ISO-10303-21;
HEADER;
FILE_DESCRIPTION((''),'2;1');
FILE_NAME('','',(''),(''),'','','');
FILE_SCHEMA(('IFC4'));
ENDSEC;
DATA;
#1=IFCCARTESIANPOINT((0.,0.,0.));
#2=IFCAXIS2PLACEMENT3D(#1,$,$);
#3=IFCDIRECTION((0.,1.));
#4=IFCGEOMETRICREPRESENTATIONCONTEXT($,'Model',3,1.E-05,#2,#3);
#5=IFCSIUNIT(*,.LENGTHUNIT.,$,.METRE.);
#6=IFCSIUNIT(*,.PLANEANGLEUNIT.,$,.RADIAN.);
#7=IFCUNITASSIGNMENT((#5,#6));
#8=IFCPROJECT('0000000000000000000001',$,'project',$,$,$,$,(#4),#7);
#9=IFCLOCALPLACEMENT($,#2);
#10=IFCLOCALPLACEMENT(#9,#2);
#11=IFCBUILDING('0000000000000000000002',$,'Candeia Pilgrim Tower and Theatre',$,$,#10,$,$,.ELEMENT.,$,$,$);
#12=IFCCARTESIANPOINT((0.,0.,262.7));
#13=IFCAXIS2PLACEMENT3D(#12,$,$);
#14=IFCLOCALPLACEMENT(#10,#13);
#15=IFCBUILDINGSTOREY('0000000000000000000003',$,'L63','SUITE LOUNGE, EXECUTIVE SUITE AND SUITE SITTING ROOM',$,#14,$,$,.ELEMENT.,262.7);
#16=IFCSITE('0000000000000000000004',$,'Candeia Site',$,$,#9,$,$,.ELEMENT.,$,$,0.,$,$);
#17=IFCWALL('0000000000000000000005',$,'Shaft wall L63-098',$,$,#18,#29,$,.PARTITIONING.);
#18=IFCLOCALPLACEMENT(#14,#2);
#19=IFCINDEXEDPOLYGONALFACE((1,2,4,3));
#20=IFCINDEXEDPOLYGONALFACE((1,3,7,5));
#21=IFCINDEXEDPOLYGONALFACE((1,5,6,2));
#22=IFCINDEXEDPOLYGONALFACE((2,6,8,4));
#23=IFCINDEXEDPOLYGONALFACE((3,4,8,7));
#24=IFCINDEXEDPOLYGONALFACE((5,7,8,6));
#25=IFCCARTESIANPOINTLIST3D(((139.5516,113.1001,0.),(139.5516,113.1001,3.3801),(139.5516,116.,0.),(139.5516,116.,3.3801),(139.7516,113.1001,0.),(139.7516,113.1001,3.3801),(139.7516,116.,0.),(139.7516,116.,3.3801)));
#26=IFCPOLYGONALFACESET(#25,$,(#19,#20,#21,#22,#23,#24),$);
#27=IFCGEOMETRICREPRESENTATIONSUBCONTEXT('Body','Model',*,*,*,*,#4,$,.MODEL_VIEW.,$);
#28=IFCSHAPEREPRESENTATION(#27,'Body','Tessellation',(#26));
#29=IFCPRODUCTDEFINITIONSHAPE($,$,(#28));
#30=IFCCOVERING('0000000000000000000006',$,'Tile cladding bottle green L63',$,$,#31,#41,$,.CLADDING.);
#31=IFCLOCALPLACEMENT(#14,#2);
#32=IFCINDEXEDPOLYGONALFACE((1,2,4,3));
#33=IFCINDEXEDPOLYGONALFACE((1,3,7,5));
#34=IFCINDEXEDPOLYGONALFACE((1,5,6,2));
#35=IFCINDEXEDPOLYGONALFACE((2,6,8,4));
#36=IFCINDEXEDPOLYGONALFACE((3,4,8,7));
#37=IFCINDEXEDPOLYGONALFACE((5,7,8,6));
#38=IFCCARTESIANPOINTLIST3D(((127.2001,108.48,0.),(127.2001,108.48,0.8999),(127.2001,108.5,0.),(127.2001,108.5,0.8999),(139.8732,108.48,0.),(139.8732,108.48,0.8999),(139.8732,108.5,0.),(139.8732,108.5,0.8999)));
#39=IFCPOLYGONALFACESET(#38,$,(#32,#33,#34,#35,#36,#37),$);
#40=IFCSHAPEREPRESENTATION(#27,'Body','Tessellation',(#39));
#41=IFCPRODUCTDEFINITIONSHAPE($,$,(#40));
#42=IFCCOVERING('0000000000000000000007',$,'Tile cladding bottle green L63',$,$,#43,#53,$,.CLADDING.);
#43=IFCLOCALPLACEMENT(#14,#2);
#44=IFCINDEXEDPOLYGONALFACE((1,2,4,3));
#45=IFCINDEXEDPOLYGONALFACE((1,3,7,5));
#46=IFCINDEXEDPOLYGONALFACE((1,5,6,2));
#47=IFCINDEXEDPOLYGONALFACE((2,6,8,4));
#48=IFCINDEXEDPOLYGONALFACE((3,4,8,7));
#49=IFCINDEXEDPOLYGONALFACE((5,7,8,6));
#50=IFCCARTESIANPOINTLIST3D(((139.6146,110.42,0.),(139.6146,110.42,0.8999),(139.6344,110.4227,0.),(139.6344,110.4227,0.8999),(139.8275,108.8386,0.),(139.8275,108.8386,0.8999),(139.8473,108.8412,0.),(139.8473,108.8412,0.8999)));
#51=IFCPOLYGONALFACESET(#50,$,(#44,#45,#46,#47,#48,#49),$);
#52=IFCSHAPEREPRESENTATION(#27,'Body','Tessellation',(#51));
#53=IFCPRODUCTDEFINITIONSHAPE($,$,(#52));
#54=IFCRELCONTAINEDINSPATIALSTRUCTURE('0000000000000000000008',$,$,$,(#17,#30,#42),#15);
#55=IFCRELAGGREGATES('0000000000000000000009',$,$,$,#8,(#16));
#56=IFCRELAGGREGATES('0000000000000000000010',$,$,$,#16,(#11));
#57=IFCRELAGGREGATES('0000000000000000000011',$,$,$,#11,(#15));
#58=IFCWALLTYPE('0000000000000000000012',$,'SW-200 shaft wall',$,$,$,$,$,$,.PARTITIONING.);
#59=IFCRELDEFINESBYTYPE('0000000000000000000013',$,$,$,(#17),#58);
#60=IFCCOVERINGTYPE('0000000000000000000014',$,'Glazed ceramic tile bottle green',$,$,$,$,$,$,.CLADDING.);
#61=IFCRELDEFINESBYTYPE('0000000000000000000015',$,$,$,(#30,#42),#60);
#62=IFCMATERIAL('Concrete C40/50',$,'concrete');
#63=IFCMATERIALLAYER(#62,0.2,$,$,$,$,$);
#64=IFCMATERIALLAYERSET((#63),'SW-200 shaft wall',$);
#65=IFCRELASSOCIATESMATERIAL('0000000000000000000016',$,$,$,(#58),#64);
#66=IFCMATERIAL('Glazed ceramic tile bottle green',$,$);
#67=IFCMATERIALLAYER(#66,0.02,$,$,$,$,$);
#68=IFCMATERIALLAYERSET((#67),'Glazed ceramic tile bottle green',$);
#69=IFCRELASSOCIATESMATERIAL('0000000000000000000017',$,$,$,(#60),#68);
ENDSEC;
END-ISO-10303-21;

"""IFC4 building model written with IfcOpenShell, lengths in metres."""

from ifc_helpers import new_model, si_unit, direction, frame, frame_2d, origin, origin_2d, place, context, subcontext, project, spatial, rectangle, extrude, material, layer, layer_set, type_object, element, save


model = new_model("IFC4")

# Units and contexts
model_context = context("Model", 3, precision=1e-05, world=origin(), true_north=direction((0.0, 1.0)))
body_context = subcontext(model_context, "Body", "Model", "MODEL_VIEW")
ifc_project = project(units=[si_unit("LENGTHUNIT", "METRE"), si_unit("PLANEANGLEUNIT", "RADIAN")], contexts=[model_context])

# Site, building, storey
site_placement = place(None, origin())
site = spatial("IfcSite", under=ifc_project, at=site_placement, Name="Candeia Site", CompositionType="ELEMENT", RefElevation=0.0)
building_placement = place(site_placement, origin())
building = spatial("IfcBuilding", under=site, at=building_placement, Name="Candeia Pilgrim Tower and Theatre", CompositionType="ELEMENT")
storey_placement = place(building_placement, frame((0.0, 0.0, 262.7)))
storey = spatial("IfcBuildingStorey", under=building, at=storey_placement, Name="L63", Description="SUITE LOUNGE, EXECUTIVE SUITE AND SUITE SITTING ROOM", CompositionType="ELEMENT", Elevation=262.7)

# Shared definitions
ifc_material_1 = material(Name="Concrete C40/50", Category="concrete")

# Shared definitions
ifc_layer_1 = layer(ifc_material_1, 0.2)
ifc_layer_set_1 = layer_set([ifc_layer_1], Name="SW-200 shaft wall")
wall_type_1 = type_object("IfcWallType", Name="SW-200 shaft wall", PredefinedType="PARTITIONING", material=ifc_layer_set_1)

# Wall
for number, where, z_axis, x_axis, name in (
    (1, (139.6516, 113.1001, 0.0), (0.0, 0.0, 1.0), (0.0, 1.0, 0.0), "Shaft wall L63-098"),
):
    element("IfcWall", number, at=place(storey_placement, frame(where, z_axis=z_axis, x_axis=x_axis)), inside=storey, type_object=wall_type_1, Name=name, PredefinedType="PARTITIONING", context=body_context, shape_type="SweptSolid", body=[
        extrude(rectangle(XDim=2.8999, YDim=0.2, at=frame_2d((1.45, 0.0))), origin(), (0.0, 0.0, 1.0), 3.3801),
    ])

# Coverings
ifc_material_2 = material(Name="Glazed ceramic tile bottle green")
ifc_layer_2 = layer(ifc_material_2, 0.02)
ifc_layer_set_2 = layer_set([ifc_layer_2], Name="Glazed ceramic tile bottle green")
covering_type = type_object("IfcCoveringType", Name="Glazed ceramic tile bottle green", PredefinedType="CLADDING", material=ifc_layer_set_2)
covering_1_placement = place(storey_placement, frame((133.5366, 108.49, 0.0), z_axis=(0.0, 0.0, 1.0), x_axis=(1.0, 0.0, 0.0)))
element("IfcCovering", 2, at=covering_1_placement, inside=storey, type_object=covering_type, Name="Tile cladding bottle green L63", PredefinedType="CLADDING", context=body_context, shape_type="SweptSolid", body=[
    extrude(rectangle(XDim=12.6731, YDim=0.02, at=origin_2d()), origin(), (0.0, 0.0, 1.0), 0.8999),
])
covering_2_placement = place(storey_placement, frame((139.731, 109.6306, 0.0), z_axis=(0.0, 0.0, 1.0), x_axis=(-0.133412, 0.991061, 0.0)))
element("IfcCovering", 3, at=covering_2_placement, inside=storey, type_object=covering_type, Name="Tile cladding bottle green L63", PredefinedType="CLADDING", context=body_context, shape_type="SweptSolid", body=[
    extrude(rectangle(XDim=1.5957, YDim=0.02, at=origin_2d()), origin(), (0.0, 0.0, 1.0), 0.8999),
])

save(model, "model.ifc")
